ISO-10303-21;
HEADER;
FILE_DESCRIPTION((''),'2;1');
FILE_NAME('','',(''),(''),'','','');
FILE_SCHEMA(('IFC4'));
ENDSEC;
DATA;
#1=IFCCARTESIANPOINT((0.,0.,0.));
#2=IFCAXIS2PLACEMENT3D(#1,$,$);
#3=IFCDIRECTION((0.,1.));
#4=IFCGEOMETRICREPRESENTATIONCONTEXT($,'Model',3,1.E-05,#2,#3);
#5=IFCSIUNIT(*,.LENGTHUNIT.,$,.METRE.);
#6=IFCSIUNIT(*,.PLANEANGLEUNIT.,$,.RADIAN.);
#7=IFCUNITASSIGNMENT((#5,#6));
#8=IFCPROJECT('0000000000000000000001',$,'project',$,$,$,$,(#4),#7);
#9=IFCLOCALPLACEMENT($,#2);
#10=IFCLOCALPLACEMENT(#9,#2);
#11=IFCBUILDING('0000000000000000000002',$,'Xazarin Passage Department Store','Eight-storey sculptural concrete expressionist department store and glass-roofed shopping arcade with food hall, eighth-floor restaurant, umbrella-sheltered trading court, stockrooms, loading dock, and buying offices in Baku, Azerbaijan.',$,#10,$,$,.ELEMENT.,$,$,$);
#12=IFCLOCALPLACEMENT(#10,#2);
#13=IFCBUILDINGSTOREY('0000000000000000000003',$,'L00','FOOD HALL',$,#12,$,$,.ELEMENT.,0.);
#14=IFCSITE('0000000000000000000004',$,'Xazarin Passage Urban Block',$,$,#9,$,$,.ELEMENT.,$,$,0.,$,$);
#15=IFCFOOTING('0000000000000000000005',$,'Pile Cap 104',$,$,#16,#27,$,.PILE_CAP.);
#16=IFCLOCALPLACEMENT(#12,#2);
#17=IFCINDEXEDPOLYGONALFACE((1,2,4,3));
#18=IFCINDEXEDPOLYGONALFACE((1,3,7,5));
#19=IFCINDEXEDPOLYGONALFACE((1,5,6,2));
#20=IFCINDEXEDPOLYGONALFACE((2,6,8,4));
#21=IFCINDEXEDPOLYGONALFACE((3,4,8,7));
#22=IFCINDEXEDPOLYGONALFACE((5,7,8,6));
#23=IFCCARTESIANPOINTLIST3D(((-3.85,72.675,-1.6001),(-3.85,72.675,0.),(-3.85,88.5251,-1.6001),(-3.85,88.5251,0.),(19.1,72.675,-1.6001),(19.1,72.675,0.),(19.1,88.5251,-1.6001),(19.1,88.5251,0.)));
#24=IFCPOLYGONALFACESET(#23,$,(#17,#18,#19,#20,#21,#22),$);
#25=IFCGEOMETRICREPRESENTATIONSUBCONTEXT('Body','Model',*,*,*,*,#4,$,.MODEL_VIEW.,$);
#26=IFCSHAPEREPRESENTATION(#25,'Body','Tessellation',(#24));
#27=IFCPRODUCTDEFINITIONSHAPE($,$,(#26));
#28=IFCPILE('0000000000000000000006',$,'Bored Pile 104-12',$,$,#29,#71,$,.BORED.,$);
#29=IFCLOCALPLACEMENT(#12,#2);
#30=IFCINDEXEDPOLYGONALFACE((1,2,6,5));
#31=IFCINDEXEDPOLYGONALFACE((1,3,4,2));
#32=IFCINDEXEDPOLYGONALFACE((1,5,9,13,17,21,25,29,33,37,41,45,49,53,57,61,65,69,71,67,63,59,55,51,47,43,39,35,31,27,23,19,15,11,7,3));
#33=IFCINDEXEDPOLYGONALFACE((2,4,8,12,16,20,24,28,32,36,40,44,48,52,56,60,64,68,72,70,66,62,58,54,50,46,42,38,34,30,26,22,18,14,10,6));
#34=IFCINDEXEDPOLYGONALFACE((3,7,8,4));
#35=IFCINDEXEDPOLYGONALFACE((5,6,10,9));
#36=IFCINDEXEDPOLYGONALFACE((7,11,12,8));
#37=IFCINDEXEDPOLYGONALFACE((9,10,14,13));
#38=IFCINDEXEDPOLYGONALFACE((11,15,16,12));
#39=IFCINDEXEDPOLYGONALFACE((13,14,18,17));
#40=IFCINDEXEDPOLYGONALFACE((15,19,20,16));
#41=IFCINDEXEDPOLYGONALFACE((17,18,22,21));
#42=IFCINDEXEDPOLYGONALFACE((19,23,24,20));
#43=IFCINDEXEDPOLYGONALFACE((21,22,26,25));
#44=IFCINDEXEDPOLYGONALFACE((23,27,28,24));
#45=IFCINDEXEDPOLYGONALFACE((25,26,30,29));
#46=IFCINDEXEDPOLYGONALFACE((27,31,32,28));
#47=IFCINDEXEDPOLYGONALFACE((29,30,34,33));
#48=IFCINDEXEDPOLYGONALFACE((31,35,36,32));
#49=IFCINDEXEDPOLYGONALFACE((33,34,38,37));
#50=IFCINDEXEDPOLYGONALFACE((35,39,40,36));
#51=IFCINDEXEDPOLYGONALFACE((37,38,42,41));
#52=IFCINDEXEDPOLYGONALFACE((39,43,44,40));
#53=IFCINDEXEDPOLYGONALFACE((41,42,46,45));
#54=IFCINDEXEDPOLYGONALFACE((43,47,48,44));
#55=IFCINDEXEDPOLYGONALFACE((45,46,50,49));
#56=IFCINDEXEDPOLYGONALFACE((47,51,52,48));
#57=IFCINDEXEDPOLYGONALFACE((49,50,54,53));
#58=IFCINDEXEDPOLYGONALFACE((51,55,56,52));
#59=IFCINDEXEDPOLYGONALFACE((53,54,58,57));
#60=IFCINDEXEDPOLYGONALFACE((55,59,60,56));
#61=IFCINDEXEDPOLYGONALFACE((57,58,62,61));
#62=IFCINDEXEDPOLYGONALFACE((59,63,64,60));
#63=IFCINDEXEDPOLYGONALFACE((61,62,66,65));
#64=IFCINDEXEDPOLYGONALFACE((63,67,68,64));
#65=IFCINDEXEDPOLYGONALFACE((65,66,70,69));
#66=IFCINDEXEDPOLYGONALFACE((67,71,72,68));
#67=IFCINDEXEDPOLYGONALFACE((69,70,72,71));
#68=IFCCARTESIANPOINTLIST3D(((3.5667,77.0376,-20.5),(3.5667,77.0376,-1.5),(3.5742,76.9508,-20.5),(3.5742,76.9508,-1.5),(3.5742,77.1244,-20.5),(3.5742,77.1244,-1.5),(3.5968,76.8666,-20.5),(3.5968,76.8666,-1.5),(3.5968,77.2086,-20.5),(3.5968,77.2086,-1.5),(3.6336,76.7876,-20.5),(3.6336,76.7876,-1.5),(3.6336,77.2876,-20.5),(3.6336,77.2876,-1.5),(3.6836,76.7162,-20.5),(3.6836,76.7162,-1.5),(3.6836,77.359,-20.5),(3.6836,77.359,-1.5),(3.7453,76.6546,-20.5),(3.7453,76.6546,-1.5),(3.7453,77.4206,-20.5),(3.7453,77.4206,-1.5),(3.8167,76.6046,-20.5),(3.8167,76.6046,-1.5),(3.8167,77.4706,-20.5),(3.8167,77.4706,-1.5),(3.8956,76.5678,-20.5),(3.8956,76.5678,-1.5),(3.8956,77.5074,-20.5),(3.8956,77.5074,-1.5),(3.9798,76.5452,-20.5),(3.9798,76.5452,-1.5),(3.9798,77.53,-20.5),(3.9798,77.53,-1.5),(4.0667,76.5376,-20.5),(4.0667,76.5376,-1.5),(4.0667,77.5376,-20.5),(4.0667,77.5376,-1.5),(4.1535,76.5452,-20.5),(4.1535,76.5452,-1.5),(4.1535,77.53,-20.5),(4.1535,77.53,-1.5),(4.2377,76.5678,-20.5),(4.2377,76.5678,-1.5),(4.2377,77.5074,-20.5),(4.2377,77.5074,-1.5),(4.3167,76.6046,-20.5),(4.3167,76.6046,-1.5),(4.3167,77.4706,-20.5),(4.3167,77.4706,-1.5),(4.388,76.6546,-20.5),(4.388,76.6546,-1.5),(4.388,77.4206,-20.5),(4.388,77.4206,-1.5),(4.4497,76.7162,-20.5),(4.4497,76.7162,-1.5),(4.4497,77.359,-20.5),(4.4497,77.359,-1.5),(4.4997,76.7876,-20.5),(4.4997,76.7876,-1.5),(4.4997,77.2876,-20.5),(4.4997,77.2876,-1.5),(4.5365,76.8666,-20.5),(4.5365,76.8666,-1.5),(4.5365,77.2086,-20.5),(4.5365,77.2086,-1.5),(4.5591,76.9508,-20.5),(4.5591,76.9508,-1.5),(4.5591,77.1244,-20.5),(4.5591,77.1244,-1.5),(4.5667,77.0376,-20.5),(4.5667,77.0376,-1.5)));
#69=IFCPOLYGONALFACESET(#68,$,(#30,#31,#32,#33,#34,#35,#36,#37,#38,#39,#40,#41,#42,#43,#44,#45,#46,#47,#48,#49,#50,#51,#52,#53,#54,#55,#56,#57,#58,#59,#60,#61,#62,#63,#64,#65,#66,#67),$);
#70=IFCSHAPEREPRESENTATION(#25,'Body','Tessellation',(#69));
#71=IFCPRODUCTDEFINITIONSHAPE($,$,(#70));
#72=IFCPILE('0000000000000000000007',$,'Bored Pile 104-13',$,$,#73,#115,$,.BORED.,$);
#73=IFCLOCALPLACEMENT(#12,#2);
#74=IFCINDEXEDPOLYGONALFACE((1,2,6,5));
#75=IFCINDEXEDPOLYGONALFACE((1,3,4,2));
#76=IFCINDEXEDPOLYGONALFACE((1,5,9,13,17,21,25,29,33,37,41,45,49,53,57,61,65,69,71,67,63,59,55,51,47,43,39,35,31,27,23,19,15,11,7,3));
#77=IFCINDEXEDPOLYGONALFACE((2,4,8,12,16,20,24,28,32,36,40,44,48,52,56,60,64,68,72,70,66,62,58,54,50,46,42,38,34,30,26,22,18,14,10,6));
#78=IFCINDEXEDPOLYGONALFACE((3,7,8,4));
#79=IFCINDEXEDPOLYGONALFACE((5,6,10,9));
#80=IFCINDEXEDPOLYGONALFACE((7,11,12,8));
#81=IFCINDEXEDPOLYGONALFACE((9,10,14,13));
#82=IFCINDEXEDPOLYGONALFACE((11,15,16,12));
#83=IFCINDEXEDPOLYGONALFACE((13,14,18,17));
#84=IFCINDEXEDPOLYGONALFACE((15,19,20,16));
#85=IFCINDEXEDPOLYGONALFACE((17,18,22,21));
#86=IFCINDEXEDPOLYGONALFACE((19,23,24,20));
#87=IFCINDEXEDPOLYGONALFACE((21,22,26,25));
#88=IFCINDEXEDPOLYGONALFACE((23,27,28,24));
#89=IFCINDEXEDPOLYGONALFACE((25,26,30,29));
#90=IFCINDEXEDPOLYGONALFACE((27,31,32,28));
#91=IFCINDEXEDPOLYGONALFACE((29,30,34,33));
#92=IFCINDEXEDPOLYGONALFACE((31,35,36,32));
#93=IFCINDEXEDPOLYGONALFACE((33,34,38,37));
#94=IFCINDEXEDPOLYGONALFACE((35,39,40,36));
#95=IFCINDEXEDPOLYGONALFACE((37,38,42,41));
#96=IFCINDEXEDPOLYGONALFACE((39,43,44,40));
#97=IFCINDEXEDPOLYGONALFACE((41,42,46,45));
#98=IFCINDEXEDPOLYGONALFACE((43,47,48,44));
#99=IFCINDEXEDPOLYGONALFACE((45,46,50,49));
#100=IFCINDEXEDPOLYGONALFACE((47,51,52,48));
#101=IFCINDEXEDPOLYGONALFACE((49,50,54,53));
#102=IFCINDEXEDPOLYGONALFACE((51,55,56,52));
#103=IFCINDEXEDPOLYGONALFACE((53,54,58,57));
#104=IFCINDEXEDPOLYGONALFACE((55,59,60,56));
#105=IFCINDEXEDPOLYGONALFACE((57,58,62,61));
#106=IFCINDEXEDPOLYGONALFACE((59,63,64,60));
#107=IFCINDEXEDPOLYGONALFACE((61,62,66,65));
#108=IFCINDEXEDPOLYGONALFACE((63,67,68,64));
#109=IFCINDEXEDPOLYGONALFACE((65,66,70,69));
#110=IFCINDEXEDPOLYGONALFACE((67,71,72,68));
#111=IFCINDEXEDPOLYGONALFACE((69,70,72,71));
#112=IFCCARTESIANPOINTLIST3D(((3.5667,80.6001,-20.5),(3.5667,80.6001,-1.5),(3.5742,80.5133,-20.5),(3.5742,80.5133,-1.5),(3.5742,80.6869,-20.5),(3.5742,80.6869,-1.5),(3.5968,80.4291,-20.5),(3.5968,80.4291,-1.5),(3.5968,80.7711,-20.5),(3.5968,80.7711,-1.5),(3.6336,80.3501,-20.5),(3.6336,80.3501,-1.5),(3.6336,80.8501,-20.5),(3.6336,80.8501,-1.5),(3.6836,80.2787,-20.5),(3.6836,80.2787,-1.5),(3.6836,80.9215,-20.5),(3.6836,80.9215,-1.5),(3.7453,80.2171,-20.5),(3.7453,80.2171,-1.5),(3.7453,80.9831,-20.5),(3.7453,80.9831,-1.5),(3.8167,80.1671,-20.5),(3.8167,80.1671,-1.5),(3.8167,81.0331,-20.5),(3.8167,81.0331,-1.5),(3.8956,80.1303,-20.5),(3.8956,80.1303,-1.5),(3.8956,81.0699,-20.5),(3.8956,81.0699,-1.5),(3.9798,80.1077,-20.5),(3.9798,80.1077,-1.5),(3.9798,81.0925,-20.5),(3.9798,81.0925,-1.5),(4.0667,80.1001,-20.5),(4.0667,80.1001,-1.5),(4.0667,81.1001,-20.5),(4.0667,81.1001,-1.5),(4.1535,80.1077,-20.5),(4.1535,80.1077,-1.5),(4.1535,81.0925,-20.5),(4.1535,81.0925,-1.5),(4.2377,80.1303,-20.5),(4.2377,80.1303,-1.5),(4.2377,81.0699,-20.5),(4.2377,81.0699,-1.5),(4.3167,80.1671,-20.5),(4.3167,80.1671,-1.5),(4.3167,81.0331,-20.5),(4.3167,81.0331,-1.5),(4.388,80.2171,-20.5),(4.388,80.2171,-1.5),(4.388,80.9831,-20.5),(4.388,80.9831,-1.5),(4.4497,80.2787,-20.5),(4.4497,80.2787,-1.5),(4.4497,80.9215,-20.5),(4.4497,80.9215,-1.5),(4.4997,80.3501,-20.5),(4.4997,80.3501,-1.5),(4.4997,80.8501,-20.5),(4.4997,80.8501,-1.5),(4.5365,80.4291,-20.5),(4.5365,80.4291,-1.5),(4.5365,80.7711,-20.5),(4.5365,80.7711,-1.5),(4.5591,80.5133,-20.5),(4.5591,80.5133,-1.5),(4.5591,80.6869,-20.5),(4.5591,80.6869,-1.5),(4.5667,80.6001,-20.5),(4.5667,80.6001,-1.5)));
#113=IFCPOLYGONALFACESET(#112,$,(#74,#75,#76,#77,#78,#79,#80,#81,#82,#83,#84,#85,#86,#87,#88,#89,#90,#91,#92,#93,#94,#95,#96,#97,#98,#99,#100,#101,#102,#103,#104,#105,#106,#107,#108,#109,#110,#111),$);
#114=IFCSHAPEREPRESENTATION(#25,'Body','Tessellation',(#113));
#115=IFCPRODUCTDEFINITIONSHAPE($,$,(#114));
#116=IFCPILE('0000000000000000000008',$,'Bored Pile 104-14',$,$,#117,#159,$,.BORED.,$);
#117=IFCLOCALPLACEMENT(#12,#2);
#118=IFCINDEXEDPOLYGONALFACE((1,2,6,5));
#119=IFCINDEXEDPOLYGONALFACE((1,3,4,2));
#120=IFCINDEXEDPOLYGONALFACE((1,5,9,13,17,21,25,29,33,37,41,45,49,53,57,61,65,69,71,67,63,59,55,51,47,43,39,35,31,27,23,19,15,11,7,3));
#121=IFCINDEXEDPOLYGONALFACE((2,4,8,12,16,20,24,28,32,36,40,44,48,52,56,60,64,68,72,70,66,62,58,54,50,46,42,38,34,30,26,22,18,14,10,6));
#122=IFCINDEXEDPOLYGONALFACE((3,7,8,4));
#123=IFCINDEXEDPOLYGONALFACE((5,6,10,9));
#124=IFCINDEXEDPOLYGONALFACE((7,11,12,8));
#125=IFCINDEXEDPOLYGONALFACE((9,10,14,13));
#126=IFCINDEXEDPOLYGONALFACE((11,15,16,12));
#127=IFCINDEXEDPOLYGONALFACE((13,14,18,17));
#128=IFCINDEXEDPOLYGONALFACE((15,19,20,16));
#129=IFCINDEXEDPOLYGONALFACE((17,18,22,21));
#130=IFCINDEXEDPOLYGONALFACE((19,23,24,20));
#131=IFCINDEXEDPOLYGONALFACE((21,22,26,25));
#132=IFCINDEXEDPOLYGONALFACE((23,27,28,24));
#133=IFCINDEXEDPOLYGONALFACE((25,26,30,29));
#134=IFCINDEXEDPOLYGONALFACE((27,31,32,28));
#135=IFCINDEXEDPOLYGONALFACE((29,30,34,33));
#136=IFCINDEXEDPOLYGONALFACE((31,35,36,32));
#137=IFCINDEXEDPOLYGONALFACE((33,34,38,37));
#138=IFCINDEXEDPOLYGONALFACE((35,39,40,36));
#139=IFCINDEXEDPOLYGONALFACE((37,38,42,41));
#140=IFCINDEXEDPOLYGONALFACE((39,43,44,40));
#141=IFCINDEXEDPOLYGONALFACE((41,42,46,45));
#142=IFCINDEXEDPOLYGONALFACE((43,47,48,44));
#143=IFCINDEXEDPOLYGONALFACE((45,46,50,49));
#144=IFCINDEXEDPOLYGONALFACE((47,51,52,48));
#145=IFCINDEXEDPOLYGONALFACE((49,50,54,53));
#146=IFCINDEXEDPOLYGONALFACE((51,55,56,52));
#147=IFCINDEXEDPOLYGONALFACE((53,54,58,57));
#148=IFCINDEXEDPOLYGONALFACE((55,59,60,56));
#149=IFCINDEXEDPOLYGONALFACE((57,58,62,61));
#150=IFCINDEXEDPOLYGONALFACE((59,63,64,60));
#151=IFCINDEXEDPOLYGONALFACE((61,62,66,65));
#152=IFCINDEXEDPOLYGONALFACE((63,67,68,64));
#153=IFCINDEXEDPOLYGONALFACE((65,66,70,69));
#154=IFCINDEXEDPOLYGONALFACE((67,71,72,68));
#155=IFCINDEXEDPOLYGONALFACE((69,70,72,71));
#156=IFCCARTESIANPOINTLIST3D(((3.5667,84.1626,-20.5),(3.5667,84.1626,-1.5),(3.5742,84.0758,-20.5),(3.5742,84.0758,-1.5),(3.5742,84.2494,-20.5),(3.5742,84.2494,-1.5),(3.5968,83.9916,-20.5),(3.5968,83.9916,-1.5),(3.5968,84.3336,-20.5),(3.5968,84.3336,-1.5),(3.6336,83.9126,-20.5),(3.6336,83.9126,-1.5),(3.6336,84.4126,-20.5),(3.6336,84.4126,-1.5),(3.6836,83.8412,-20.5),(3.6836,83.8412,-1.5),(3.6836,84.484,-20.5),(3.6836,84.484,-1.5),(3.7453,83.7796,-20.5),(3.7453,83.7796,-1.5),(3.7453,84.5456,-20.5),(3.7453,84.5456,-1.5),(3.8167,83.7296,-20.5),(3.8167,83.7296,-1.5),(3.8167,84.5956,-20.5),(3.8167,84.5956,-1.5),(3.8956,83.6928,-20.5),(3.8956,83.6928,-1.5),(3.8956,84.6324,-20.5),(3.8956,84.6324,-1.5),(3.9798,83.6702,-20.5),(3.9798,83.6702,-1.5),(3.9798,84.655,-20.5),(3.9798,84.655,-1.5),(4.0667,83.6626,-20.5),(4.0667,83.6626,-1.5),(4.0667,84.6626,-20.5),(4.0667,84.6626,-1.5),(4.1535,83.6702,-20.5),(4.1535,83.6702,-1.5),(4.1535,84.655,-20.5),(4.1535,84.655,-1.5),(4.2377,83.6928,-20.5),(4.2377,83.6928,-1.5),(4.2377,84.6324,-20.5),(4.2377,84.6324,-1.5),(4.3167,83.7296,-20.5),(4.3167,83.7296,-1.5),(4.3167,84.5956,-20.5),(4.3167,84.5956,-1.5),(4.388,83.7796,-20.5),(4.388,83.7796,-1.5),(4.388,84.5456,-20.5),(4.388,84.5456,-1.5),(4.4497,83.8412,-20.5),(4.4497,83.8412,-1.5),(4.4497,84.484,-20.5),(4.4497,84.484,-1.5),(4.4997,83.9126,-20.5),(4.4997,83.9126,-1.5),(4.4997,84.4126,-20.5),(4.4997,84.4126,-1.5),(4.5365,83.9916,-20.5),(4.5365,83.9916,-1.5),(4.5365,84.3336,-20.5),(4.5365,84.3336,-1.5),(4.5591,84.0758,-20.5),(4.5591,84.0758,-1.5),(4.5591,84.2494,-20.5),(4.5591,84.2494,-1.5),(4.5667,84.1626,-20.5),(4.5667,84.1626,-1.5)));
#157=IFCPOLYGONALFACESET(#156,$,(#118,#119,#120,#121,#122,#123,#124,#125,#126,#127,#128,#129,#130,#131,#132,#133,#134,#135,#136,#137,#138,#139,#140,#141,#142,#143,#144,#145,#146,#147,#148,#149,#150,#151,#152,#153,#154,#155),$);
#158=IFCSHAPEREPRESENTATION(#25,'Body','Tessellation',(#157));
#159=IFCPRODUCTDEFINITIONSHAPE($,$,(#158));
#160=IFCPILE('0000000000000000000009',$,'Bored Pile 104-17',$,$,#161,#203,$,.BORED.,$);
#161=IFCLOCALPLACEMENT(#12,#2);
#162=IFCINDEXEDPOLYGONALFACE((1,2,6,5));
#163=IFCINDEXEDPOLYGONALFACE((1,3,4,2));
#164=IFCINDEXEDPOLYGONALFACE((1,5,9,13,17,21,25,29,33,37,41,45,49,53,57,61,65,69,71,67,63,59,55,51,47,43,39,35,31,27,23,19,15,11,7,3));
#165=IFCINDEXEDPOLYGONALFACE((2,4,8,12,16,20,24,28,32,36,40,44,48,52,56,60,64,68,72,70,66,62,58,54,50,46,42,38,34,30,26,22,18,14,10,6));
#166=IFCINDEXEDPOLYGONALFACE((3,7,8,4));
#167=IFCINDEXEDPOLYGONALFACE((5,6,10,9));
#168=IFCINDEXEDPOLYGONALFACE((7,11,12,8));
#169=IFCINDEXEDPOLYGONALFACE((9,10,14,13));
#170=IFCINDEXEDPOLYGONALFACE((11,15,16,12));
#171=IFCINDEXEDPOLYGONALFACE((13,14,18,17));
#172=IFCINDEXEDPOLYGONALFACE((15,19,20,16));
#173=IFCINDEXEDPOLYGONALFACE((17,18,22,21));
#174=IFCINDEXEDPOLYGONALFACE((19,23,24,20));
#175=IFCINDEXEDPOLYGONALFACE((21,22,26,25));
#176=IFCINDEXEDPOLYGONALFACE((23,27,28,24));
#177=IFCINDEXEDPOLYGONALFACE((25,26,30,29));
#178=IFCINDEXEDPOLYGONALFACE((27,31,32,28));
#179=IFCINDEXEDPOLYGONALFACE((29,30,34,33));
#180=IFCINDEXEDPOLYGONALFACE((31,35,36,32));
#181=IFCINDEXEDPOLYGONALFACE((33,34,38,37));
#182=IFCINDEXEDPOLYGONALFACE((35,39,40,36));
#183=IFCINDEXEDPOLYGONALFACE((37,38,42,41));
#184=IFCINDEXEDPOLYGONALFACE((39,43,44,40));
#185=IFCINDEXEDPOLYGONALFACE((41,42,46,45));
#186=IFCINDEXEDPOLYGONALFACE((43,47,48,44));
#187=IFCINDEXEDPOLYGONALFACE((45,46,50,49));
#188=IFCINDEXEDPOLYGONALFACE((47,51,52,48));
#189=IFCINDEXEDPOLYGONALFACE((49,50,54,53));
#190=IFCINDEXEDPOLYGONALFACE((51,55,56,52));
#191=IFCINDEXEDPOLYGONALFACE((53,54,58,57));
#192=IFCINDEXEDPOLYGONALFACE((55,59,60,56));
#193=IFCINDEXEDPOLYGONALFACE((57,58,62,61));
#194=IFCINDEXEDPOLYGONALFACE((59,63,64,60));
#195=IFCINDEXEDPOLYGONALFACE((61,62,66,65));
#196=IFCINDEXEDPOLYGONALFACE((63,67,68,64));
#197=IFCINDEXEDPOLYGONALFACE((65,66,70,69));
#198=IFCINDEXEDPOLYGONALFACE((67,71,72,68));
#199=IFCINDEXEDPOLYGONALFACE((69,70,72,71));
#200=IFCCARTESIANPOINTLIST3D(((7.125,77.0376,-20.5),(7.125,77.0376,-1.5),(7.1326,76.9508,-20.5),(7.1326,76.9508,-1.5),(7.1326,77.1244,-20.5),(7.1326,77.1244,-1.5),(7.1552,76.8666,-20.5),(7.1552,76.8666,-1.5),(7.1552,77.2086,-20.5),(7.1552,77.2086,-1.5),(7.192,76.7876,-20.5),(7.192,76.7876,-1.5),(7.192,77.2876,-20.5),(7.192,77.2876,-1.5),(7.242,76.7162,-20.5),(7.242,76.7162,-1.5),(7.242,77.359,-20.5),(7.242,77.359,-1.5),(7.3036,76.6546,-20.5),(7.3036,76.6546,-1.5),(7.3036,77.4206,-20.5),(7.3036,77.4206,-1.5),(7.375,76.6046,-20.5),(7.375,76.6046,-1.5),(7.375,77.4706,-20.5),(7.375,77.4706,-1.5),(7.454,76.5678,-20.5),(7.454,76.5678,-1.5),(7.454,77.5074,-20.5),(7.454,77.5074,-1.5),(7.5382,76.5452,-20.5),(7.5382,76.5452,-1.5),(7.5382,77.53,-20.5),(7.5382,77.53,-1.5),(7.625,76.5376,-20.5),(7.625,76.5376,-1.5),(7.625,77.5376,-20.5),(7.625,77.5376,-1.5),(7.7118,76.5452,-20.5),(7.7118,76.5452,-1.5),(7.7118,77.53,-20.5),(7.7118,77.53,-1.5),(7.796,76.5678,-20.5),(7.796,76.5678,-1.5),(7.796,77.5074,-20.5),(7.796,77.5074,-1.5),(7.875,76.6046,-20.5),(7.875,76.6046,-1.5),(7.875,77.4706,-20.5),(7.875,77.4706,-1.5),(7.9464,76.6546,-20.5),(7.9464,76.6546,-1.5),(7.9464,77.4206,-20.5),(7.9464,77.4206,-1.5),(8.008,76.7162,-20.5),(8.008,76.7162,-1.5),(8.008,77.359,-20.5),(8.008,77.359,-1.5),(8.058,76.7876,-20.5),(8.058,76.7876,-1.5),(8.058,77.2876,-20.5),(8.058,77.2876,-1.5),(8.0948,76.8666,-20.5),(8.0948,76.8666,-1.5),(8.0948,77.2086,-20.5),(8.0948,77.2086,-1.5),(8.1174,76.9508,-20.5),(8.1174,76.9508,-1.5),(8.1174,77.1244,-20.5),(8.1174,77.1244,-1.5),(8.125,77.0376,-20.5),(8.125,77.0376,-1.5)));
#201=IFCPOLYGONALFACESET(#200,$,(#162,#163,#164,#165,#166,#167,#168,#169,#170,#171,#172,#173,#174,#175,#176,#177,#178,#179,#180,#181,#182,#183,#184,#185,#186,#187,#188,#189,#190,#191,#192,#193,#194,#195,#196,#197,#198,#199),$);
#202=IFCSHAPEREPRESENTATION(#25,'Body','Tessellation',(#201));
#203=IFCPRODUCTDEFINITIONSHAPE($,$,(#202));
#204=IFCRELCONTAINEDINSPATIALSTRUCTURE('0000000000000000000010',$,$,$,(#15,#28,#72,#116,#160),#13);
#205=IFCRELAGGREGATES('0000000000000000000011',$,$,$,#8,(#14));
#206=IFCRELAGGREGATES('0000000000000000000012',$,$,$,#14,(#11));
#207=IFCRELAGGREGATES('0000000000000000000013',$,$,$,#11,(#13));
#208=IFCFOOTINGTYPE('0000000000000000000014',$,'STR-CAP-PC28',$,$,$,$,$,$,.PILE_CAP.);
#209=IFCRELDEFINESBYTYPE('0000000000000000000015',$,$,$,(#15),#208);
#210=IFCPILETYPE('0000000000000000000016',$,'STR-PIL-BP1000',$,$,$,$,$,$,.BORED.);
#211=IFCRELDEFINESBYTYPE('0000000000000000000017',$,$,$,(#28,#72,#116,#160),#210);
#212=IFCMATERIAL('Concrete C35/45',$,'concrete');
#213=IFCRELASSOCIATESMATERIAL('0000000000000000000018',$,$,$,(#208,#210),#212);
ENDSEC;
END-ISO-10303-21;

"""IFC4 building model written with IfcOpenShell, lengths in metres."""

from ifc_helpers import new_model, si_unit, direction, frame, origin, origin_2d, place, context, subcontext, project, spatial, rectangle, circle, extrude, material, material_profile, profile_set, type_object, element, save


model = new_model("IFC4")

# Units and contexts
model_context = context("Model", 3, precision=1e-05, world=origin(), true_north=direction((0.0, 1.0)))
body_context = subcontext(model_context, "Body", "Model", "MODEL_VIEW")
ifc_project = project(units=[si_unit("LENGTHUNIT", "METRE"), si_unit("PLANEANGLEUNIT", "RADIAN")], contexts=[model_context])

# Site, building, storey
site_placement = place(None, origin())
site = spatial("IfcSite", under=ifc_project, at=site_placement, Name="Xazarin Passage Urban Block", CompositionType="ELEMENT", RefElevation=0.0)
building_placement = place(site_placement, origin())
building = spatial("IfcBuilding", under=site, at=building_placement, Name="Xazarin Passage Department Store", Description="Eight-storey sculptural concrete expressionist department store and glass-roofed shopping arcade with food hall, eighth-floor restaurant, umbrella-sheltered trading court, stockrooms, loading dock, and buying offices in Baku, Azerbaijan.", CompositionType="ELEMENT")
storey_placement = place(building_placement, origin())
storey = spatial("IfcBuildingStorey", under=building, at=storey_placement, Name="L00", Description="FOOD HALL", CompositionType="ELEMENT", Elevation=0.0)

# Footing
ifc_material_1 = material(Name="Concrete C35/45", Category="concrete")
footing_type = type_object("IfcFootingType", Name="STR-CAP-PC28", PredefinedType="PILE_CAP", material=ifc_material_1)
footing_placement = place(storey_placement, frame((7.625, 80.6001, -1.6001), z_axis=(0.0, 0.0, 1.0), x_axis=(1.0, 0.0, 0.0)))
element("IfcFooting", 1, at=footing_placement, inside=storey, type_object=footing_type, Name="Pile Cap 104", PredefinedType="PILE_CAP", context=body_context, shape_type="SweptSolid", body=[
    extrude(rectangle(XDim=22.95, YDim=15.8501, at=origin_2d()), origin(), (0.0, 0.0, 1.0), 1.6001),
])

# Piles
ifc_material_profile_1 = material_profile(ifc_material_1, circle(Radius=0.5, at=origin_2d()), Name="BP 1000")
ifc_profile_set_1 = profile_set([ifc_material_profile_1], Name="Concrete C35/45")
pile_type = type_object("IfcPileType", Name="STR-PIL-BP1000", PredefinedType="BORED", material=ifc_profile_set_1)
for number, where, z_axis, x_axis, name in (
    (2, (4.0667, 77.0376, -1.5), (0.0, 0.0, -1.0), (1.0, 0.0, 0.0), "Bored Pile 104-12"),
    (3, (4.0667, 80.6001, -1.5), (0.0, 0.0, -1.0), (1.0, 0.0, 0.0), "Bored Pile 104-13"),
    (4, (4.0667, 84.1626, -1.5), (0.0, 0.0, -1.0), (1.0, 0.0, 0.0), "Bored Pile 104-14"),
    (5, (7.625, 77.0376, -1.5), (0.0, 0.0, -1.0), (1.0, 0.0, 0.0), "Bored Pile 104-17"),
):
    element("IfcPile", number, at=place(storey_placement, frame(where, z_axis=z_axis, x_axis=x_axis)), inside=storey, type_object=pile_type, Name=name, PredefinedType="BORED", context=body_context, shape_type="SweptSolid", body=[
        extrude(circle(Radius=0.5, at=origin_2d()), origin(), (0.0, 0.0, 1.0), 19.0),
    ])

save(model, "model.ifc")
